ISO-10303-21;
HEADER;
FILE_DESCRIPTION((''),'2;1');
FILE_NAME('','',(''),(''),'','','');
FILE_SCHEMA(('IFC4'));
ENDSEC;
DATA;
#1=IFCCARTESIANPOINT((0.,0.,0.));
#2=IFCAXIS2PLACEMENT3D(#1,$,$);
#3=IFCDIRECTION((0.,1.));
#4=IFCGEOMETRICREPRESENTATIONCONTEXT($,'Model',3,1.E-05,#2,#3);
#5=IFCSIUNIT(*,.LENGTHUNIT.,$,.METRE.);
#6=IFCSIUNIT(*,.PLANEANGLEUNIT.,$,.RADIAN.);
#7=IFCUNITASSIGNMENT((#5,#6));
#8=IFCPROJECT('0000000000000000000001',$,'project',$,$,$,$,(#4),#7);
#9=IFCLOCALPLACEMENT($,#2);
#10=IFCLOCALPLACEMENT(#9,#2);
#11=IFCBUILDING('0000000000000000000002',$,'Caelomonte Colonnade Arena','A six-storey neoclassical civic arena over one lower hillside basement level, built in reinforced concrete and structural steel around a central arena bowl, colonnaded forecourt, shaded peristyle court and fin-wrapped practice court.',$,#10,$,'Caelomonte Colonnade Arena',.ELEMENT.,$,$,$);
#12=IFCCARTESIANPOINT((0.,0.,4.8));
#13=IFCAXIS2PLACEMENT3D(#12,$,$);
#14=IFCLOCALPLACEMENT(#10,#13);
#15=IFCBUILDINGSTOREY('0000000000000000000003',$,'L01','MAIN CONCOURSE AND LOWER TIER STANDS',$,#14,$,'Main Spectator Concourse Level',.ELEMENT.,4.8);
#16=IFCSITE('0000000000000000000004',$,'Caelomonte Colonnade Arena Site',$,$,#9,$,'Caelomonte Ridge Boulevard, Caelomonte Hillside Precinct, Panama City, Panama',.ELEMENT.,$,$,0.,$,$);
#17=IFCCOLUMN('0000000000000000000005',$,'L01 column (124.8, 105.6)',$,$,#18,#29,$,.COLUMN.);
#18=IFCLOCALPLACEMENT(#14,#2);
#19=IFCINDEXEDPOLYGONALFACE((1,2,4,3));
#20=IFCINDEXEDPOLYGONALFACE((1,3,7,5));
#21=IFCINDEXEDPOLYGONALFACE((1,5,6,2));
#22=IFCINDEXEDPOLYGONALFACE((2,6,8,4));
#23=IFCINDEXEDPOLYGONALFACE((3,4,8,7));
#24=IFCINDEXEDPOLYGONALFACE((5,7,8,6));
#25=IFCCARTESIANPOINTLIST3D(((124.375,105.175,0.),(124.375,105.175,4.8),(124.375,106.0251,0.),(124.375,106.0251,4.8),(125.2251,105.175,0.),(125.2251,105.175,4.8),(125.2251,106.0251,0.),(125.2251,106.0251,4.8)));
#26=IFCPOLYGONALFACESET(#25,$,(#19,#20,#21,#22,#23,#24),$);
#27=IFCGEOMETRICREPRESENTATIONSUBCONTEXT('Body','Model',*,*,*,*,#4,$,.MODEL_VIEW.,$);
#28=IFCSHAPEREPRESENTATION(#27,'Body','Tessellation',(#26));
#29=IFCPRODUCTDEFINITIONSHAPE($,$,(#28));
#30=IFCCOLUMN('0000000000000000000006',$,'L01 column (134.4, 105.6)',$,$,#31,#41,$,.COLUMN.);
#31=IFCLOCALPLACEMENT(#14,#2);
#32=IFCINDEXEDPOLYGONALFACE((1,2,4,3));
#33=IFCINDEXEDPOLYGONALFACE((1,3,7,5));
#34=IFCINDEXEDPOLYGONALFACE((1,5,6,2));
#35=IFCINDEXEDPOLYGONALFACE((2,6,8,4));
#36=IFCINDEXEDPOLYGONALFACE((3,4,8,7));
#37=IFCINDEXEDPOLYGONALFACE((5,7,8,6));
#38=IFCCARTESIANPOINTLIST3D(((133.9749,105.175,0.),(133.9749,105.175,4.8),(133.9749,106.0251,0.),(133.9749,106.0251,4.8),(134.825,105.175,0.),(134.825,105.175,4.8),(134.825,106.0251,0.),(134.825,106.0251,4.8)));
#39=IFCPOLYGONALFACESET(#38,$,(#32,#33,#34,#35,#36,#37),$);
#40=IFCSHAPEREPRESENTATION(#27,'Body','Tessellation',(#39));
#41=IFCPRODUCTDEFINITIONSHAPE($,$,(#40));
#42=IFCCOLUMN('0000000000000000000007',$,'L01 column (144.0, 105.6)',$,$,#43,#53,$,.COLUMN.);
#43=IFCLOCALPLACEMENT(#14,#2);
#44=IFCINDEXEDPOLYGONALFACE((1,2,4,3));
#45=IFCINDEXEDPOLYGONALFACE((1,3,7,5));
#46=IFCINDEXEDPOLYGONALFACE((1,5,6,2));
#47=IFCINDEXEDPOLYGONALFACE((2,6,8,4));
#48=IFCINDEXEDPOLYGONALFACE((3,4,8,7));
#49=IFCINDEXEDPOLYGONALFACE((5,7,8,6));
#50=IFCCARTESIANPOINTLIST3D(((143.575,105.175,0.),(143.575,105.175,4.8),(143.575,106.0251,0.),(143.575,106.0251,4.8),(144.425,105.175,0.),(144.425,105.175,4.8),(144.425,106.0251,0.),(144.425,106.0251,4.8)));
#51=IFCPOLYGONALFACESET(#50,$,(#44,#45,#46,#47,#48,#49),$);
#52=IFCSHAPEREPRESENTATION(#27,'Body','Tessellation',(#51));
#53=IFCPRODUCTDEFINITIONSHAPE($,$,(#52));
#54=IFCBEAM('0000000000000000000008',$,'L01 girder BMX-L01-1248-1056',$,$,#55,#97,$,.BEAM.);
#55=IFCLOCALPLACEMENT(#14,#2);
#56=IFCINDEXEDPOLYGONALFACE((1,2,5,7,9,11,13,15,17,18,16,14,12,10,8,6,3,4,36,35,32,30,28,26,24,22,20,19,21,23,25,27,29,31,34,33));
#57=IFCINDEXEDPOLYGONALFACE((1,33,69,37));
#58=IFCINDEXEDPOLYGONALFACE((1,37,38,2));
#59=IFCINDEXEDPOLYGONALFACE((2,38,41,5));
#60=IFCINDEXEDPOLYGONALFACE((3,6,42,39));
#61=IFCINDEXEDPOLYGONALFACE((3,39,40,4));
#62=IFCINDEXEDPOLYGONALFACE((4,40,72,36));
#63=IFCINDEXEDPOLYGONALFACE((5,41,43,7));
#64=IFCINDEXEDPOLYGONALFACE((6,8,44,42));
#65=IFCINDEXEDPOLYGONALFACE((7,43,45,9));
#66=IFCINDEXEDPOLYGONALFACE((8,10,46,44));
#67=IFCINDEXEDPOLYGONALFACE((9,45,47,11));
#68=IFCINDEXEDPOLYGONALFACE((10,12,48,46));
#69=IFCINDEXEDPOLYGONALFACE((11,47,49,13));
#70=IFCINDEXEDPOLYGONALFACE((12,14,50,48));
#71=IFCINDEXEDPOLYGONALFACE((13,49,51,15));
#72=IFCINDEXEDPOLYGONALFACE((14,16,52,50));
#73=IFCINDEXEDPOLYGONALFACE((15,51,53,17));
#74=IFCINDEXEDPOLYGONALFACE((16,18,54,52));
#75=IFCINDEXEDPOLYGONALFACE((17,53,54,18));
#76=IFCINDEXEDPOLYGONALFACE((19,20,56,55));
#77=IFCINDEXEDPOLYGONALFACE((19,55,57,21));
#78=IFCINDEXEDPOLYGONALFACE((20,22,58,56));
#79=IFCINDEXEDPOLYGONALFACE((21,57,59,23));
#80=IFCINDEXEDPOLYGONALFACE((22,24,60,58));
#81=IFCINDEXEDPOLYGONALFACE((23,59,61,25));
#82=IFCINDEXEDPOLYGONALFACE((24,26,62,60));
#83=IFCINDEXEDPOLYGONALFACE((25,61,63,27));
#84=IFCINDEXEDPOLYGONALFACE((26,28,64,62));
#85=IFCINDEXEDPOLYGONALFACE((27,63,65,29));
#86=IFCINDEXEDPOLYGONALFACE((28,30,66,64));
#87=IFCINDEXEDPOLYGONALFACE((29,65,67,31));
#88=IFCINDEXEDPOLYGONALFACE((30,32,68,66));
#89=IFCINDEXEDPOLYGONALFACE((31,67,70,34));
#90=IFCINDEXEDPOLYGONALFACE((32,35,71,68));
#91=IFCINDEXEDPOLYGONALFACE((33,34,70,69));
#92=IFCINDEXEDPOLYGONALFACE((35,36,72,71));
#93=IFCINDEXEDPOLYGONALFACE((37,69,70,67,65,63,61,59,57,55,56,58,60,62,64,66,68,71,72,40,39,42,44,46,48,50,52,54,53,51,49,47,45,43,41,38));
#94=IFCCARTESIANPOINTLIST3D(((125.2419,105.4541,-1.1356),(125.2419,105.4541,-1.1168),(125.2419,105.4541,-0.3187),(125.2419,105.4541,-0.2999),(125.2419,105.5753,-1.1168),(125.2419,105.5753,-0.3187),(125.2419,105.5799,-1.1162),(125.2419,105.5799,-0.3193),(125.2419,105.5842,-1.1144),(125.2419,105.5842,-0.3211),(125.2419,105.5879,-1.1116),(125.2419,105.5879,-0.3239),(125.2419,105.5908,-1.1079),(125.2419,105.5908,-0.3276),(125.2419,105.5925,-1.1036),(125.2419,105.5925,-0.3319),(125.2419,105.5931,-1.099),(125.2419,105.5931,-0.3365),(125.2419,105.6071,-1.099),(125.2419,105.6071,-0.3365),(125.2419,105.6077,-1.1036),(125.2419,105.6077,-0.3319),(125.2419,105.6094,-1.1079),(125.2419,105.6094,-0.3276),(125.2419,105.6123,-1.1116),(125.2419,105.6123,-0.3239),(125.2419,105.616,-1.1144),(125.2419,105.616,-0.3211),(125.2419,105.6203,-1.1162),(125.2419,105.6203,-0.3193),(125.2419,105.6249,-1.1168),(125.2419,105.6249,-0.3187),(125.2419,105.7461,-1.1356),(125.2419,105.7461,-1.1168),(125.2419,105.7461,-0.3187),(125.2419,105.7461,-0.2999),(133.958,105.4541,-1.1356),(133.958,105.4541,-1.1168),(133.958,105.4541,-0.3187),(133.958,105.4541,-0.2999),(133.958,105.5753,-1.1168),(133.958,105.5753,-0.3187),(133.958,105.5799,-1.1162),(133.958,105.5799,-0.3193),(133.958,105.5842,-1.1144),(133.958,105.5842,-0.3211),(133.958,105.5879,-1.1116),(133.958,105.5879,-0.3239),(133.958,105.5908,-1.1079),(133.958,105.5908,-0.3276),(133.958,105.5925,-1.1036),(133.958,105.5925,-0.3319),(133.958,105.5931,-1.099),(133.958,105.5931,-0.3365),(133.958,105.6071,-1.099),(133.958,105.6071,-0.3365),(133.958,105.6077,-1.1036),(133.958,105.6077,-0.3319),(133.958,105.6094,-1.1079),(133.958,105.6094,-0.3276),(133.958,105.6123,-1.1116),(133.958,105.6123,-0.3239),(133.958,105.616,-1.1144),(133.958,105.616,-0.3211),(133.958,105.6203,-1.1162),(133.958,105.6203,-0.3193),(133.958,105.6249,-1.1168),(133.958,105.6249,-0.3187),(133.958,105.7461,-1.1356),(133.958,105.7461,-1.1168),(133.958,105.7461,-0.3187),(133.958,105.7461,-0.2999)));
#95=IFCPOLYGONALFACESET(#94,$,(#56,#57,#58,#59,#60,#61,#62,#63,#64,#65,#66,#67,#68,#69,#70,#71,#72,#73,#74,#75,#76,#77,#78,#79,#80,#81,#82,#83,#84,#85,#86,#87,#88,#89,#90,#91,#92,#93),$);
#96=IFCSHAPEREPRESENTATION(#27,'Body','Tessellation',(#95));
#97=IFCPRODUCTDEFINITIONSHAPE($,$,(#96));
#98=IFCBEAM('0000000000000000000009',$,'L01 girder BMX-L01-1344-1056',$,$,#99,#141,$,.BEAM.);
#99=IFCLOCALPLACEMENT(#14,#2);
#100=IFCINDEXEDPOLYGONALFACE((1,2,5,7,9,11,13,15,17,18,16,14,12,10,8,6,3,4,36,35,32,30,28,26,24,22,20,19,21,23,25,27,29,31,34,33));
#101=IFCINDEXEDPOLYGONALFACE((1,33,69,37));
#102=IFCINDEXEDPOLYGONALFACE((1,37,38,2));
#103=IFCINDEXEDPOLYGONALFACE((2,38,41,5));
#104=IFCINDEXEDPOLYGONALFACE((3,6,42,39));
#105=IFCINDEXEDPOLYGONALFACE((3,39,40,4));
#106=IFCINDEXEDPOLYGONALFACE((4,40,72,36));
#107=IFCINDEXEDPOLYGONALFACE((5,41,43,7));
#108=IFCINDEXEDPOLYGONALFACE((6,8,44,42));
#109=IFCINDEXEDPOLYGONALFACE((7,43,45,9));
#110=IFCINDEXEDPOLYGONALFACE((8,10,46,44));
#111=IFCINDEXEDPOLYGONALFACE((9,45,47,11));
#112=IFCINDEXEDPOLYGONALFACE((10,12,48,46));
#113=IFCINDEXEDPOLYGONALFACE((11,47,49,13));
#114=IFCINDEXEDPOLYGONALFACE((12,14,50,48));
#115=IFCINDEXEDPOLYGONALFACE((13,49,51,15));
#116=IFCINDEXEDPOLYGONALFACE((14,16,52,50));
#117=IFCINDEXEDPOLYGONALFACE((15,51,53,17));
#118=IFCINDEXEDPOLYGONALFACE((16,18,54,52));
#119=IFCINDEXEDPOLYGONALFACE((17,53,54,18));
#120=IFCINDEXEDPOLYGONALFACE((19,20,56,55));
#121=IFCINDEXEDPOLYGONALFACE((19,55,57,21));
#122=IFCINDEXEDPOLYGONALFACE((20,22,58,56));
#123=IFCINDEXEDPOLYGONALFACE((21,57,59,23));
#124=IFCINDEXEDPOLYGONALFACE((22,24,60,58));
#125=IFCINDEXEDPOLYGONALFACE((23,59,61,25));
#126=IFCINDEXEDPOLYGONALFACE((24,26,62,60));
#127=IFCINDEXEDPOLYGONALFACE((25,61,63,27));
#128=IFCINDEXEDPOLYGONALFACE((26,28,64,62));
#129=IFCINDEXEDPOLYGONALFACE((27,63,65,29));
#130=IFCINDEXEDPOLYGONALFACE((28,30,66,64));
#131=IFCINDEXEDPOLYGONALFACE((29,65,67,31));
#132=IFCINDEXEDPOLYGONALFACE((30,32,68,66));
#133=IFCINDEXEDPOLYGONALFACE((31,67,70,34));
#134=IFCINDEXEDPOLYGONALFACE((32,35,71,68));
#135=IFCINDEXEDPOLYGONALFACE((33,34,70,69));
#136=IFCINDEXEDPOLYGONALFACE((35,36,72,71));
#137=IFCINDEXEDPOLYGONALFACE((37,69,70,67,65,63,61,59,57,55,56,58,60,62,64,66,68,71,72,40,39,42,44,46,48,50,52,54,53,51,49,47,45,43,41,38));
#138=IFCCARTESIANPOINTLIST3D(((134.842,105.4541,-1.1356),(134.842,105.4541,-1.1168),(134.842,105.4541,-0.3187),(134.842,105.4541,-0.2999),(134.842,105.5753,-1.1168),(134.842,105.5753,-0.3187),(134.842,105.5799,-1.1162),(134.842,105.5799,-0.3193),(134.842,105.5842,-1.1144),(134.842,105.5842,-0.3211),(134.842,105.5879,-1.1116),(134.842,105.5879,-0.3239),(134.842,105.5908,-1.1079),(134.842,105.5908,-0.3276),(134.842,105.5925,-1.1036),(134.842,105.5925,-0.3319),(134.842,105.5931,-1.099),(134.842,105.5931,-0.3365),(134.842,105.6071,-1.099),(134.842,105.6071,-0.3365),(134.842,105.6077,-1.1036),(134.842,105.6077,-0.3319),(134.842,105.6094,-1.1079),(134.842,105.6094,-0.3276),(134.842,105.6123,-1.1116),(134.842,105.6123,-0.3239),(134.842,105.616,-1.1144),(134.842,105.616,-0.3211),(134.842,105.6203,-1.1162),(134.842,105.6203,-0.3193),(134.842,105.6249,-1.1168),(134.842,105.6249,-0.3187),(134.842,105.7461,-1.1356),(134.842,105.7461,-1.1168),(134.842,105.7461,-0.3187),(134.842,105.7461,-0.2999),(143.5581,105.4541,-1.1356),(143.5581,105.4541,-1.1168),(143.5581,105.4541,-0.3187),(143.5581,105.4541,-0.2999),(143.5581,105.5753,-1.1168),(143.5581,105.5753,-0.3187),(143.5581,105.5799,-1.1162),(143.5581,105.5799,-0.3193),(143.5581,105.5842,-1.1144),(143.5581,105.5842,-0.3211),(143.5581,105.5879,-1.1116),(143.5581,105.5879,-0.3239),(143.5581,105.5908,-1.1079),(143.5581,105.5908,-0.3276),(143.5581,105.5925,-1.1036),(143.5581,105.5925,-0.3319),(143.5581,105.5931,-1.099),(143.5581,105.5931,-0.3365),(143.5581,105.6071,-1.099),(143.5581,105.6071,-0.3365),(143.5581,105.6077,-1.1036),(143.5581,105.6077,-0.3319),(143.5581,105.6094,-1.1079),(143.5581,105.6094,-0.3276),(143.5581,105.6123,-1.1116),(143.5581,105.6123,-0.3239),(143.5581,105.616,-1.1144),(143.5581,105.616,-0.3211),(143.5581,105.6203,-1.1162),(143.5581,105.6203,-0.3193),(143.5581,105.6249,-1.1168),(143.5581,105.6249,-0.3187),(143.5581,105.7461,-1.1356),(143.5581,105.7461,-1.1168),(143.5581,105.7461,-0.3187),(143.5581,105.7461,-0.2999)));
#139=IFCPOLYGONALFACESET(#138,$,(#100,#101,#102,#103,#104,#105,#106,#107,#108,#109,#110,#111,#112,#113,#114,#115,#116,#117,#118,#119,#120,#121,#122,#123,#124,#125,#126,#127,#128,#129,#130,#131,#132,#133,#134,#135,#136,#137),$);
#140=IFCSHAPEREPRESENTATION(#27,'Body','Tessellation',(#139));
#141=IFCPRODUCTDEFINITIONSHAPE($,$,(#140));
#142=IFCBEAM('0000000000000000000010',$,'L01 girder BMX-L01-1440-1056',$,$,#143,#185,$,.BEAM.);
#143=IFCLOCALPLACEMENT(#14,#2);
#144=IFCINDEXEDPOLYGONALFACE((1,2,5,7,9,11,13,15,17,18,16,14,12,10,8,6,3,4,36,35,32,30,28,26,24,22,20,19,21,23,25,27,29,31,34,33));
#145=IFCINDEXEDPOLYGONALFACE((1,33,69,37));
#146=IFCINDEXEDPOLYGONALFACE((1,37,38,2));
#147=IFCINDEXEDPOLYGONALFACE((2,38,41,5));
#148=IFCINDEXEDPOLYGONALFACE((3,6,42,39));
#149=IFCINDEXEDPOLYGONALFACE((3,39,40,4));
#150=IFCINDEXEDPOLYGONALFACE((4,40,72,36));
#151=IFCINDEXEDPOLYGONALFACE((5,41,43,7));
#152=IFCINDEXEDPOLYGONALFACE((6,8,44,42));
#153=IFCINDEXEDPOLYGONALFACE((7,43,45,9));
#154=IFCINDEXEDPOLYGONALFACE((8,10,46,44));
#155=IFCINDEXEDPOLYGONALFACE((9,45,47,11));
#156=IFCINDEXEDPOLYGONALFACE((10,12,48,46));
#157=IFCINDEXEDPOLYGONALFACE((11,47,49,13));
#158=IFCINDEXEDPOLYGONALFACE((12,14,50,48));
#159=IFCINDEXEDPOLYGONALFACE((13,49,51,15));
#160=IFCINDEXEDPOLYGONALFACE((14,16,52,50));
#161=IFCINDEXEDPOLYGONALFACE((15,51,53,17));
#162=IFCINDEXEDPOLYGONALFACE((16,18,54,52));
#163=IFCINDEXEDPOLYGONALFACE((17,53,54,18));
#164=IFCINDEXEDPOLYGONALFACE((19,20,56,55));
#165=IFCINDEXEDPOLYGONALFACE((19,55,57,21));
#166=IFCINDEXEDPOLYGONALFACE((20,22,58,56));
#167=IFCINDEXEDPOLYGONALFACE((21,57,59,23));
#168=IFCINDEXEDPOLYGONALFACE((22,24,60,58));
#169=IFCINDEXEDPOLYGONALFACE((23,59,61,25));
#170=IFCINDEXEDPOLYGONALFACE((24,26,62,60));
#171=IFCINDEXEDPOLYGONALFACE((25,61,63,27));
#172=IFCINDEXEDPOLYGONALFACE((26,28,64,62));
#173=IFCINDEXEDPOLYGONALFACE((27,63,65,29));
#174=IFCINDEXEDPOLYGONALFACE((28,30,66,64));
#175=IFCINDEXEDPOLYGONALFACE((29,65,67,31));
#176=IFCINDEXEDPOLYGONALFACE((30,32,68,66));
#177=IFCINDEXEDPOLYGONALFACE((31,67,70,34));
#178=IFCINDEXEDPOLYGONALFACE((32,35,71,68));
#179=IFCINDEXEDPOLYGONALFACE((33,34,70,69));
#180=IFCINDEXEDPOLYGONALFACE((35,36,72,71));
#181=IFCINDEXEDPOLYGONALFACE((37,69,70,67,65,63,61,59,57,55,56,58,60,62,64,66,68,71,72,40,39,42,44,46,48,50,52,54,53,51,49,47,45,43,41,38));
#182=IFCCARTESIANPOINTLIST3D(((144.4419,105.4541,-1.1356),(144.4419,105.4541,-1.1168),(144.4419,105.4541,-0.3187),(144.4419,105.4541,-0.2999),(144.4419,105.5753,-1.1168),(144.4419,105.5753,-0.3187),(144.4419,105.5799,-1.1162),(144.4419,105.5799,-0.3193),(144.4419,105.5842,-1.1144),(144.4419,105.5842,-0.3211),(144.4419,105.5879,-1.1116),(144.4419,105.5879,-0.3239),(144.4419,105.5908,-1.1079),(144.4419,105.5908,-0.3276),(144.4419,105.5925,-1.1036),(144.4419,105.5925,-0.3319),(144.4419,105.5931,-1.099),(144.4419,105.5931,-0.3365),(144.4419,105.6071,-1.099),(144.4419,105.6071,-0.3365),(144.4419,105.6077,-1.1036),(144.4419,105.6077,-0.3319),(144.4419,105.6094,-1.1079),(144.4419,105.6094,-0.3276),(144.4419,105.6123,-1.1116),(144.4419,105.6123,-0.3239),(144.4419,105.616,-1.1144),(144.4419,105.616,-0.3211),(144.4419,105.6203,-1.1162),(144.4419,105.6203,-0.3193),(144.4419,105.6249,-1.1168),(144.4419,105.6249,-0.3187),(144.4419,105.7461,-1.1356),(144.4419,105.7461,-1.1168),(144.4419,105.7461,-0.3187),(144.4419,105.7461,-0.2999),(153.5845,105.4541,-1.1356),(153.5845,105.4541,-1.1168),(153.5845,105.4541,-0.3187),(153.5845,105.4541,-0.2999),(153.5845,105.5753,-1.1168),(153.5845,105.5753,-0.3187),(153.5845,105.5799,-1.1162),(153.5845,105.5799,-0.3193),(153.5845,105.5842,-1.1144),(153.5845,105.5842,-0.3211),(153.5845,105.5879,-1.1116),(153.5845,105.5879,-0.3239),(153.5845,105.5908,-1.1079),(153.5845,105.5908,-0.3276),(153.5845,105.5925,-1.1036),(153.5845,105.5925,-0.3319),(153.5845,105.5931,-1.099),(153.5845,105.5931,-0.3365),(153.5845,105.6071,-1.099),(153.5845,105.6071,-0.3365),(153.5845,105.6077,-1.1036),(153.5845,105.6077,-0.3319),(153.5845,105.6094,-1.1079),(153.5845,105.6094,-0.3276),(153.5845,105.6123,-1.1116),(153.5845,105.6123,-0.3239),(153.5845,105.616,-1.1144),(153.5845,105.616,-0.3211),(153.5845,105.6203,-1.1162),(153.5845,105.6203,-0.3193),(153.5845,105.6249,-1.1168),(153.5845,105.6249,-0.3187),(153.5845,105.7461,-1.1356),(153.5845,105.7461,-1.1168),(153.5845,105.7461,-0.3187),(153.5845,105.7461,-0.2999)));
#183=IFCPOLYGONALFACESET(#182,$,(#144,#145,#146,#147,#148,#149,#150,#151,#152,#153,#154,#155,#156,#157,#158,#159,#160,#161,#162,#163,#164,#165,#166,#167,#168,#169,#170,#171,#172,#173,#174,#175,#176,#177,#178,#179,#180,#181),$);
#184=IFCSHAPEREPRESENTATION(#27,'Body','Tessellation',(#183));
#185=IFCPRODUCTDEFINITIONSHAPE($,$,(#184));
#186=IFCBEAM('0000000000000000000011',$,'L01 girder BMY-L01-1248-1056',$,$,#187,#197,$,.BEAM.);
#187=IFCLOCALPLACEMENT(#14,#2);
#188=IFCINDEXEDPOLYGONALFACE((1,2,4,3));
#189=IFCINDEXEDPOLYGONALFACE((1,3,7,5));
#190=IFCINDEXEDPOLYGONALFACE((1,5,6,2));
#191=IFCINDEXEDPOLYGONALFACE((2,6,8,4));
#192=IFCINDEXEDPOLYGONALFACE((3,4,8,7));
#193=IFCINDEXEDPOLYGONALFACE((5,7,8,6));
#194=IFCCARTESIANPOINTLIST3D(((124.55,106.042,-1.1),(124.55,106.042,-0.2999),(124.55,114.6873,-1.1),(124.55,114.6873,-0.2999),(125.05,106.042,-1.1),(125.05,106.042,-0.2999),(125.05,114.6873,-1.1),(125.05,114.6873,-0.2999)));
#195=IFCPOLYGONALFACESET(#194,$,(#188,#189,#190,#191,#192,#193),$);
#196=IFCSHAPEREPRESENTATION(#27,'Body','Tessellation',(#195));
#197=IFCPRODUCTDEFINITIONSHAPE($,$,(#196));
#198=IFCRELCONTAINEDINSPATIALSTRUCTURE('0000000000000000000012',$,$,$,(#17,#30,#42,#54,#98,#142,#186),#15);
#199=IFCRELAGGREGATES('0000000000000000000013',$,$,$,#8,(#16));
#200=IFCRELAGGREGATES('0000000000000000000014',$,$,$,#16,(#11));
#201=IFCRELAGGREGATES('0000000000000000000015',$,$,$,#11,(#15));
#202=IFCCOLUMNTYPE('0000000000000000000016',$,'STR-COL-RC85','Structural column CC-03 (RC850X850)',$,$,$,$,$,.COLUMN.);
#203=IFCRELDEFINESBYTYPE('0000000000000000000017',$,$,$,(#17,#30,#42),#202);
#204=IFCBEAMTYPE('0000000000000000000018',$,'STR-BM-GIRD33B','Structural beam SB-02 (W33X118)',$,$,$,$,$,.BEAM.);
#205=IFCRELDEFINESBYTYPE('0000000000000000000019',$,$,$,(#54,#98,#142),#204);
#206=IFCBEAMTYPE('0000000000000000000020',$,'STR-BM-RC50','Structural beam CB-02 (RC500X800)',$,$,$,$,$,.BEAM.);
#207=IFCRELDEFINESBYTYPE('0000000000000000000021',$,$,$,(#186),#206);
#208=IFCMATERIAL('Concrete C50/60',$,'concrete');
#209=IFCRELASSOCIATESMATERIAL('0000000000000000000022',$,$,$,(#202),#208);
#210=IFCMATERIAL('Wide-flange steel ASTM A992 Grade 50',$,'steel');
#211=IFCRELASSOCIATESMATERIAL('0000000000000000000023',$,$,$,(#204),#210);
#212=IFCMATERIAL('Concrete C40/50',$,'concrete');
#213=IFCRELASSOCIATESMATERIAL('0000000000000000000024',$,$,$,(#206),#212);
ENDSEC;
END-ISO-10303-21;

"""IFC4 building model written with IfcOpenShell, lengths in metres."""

from ifc_helpers import new_model, si_unit, direction, frame, origin, origin_2d, place, context, subcontext, project, spatial, rectangle, i_section, extrude, material, material_profile, profile_set, type_object, element, save


model = new_model("IFC4")

# Units and contexts
model_context = context("Model", 3, precision=1e-05, world=origin(), true_north=direction((0.0, 1.0)))
body_context = subcontext(model_context, "Body", "Model", "MODEL_VIEW")
ifc_project = project(units=[si_unit("LENGTHUNIT", "METRE"), si_unit("PLANEANGLEUNIT", "RADIAN")], contexts=[model_context])

# Site, building, storey
site_placement = place(None, origin())
site = spatial("IfcSite", under=ifc_project, at=site_placement, Name="Caelomonte Colonnade Arena Site", LongName="Caelomonte Ridge Boulevard, Caelomonte Hillside Precinct, Panama City, Panama", CompositionType="ELEMENT", RefElevation=0.0)
building_placement = place(site_placement, origin())
building = spatial("IfcBuilding", under=site, at=building_placement, Name="Caelomonte Colonnade Arena", Description="A six-storey neoclassical civic arena over one lower hillside basement level, built in reinforced concrete and structural steel around a central arena bowl, colonnaded forecourt, shaded peristyle court and fin-wrapped practice court.", LongName="Caelomonte Colonnade Arena", CompositionType="ELEMENT")
storey_placement = place(building_placement, frame((0.0, 0.0, 4.8)))
storey = spatial("IfcBuildingStorey", under=building, at=storey_placement, Name="L01", Description="MAIN CONCOURSE AND LOWER TIER STANDS", LongName="Main Spectator Concourse Level", CompositionType="ELEMENT", Elevation=4.8)

# Columns
ifc_material_1 = material(Name="Concrete C50/60", Category="concrete")
ifc_material_profile_1 = material_profile(ifc_material_1, rectangle(XDim=0.8501, YDim=0.8501, at=origin_2d()), Name="RC850X850")
ifc_profile_set_1 = profile_set([ifc_material_profile_1], Name="Concrete C50/60")
column_type = type_object("IfcColumnType", Name="STR-COL-RC85", Description="Structural column CC-03 (RC850X850)", PredefinedType="COLUMN", material=ifc_profile_set_1)
for number, where, z_axis, x_axis, name in (
    (1, (124.8, 105.6001, 0.0), (0.0, 0.0, 1.0), (1.0, 0.0, 0.0), "L01 column (124.8, 105.6)"),
    (2, (134.3999, 105.6001, 0.0), (0.0, 0.0, 1.0), (1.0, 0.0, 0.0), "L01 column (134.4, 105.6)"),
    (3, (144.0, 105.6001, 0.0), (0.0, 0.0, 1.0), (1.0, 0.0, 0.0), "L01 column (144.0, 105.6)"),
):
    element("IfcColumn", number, at=place(storey_placement, frame(where, z_axis=z_axis, x_axis=x_axis)), inside=storey, type_object=column_type, Name=name, PredefinedType="COLUMN", context=body_context, shape_type="SweptSolid", body=[
        extrude(rectangle(XDim=0.8501, YDim=0.8501, at=origin_2d()), origin(), (0.0, 0.0, 1.0), 4.8),
    ])

# Beams
ifc_material_2 = material(Name="Wide-flange steel ASTM A992 Grade 50", Category="steel")
ifc_material_profile_2 = material_profile(ifc_material_2, i_section(OverallWidth=0.292, OverallDepth=0.8357, WebThickness=0.0139, FlangeThickness=0.0188, FilletRadius=0.0178, at=origin_2d()), Name="W33X118")
ifc_profile_set_2 = profile_set([ifc_material_profile_2], Name="Wide-flange steel ASTM A992 Grade 50")
beam_type_1 = type_object("IfcBeamType", Name="STR-BM-GIRD33B", Description="Structural beam SB-02 (W33X118)", PredefinedType="BEAM", material=ifc_profile_set_2)
for number, where, z_axis, x_axis, name in (
    (4, (125.2419, 105.6001, -0.7178), (1.0, 0.0, 0.0), (0.0, 1.0, 0.0), "L01 girder BMX-L01-1248-1056"),
    (5, (134.842, 105.6001, -0.7178), (1.0, 0.0, 0.0), (0.0, 1.0, 0.0), "L01 girder BMX-L01-1344-1056"),
):
    element("IfcBeam", number, at=place(storey_placement, frame(where, z_axis=z_axis, x_axis=x_axis)), inside=storey, type_object=beam_type_1, Name=name, PredefinedType="BEAM", context=body_context, shape_type="SweptSolid", body=[
        extrude(i_section(OverallWidth=0.292, OverallDepth=0.8357, WebThickness=0.0139, FlangeThickness=0.0188, FilletRadius=0.0178, at=origin_2d()), origin(), (0.0, 0.0, 1.0), 8.7161),
    ])
beam_placement = place(storey_placement, frame((144.4419, 105.6001, -0.7178), z_axis=(1.0, 0.0, 0.0), x_axis=(0.0, 1.0, 0.0)))
element("IfcBeam", 6, at=beam_placement, inside=storey, type_object=beam_type_1, Name="L01 girder BMX-L01-1440-1056", PredefinedType="BEAM", context=body_context, shape_type="SweptSolid", body=[
    extrude(i_section(OverallWidth=0.292, OverallDepth=0.8357, WebThickness=0.0139, FlangeThickness=0.0188, FilletRadius=0.0178, at=origin_2d()), origin(), (0.0, 0.0, 1.0), 9.1426),
])
ifc_material_3 = material(Name="Concrete C40/50", Category="concrete")
ifc_material_profile_3 = material_profile(ifc_material_3, rectangle(XDim=0.5, YDim=0.8, at=origin_2d()), Name="RC500X800")
ifc_profile_set_3 = profile_set([ifc_material_profile_3], Name="Concrete C40/50")
beam_type_2 = type_object("IfcBeamType", Name="STR-BM-RC50", Description="Structural beam CB-02 (RC500X800)", PredefinedType="BEAM", material=ifc_profile_set_3)
for number, where, z_axis, x_axis, name in (
    (7, (124.8, 106.042, -0.7), (0.0, 1.0, 0.0), (-1.0, 0.0, 0.0), "L01 girder BMY-L01-1248-1056"),
):
    element("IfcBeam", number, at=place(storey_placement, frame(where, z_axis=z_axis, x_axis=x_axis)), inside=storey, type_object=beam_type_2, Name=name, PredefinedType="BEAM", context=body_context, shape_type="SweptSolid", body=[
        extrude(rectangle(XDim=0.5, YDim=0.8, at=origin_2d()), origin(), (0.0, 0.0, 1.0), 8.6453),
    ])

save(model, "model.ifc")
